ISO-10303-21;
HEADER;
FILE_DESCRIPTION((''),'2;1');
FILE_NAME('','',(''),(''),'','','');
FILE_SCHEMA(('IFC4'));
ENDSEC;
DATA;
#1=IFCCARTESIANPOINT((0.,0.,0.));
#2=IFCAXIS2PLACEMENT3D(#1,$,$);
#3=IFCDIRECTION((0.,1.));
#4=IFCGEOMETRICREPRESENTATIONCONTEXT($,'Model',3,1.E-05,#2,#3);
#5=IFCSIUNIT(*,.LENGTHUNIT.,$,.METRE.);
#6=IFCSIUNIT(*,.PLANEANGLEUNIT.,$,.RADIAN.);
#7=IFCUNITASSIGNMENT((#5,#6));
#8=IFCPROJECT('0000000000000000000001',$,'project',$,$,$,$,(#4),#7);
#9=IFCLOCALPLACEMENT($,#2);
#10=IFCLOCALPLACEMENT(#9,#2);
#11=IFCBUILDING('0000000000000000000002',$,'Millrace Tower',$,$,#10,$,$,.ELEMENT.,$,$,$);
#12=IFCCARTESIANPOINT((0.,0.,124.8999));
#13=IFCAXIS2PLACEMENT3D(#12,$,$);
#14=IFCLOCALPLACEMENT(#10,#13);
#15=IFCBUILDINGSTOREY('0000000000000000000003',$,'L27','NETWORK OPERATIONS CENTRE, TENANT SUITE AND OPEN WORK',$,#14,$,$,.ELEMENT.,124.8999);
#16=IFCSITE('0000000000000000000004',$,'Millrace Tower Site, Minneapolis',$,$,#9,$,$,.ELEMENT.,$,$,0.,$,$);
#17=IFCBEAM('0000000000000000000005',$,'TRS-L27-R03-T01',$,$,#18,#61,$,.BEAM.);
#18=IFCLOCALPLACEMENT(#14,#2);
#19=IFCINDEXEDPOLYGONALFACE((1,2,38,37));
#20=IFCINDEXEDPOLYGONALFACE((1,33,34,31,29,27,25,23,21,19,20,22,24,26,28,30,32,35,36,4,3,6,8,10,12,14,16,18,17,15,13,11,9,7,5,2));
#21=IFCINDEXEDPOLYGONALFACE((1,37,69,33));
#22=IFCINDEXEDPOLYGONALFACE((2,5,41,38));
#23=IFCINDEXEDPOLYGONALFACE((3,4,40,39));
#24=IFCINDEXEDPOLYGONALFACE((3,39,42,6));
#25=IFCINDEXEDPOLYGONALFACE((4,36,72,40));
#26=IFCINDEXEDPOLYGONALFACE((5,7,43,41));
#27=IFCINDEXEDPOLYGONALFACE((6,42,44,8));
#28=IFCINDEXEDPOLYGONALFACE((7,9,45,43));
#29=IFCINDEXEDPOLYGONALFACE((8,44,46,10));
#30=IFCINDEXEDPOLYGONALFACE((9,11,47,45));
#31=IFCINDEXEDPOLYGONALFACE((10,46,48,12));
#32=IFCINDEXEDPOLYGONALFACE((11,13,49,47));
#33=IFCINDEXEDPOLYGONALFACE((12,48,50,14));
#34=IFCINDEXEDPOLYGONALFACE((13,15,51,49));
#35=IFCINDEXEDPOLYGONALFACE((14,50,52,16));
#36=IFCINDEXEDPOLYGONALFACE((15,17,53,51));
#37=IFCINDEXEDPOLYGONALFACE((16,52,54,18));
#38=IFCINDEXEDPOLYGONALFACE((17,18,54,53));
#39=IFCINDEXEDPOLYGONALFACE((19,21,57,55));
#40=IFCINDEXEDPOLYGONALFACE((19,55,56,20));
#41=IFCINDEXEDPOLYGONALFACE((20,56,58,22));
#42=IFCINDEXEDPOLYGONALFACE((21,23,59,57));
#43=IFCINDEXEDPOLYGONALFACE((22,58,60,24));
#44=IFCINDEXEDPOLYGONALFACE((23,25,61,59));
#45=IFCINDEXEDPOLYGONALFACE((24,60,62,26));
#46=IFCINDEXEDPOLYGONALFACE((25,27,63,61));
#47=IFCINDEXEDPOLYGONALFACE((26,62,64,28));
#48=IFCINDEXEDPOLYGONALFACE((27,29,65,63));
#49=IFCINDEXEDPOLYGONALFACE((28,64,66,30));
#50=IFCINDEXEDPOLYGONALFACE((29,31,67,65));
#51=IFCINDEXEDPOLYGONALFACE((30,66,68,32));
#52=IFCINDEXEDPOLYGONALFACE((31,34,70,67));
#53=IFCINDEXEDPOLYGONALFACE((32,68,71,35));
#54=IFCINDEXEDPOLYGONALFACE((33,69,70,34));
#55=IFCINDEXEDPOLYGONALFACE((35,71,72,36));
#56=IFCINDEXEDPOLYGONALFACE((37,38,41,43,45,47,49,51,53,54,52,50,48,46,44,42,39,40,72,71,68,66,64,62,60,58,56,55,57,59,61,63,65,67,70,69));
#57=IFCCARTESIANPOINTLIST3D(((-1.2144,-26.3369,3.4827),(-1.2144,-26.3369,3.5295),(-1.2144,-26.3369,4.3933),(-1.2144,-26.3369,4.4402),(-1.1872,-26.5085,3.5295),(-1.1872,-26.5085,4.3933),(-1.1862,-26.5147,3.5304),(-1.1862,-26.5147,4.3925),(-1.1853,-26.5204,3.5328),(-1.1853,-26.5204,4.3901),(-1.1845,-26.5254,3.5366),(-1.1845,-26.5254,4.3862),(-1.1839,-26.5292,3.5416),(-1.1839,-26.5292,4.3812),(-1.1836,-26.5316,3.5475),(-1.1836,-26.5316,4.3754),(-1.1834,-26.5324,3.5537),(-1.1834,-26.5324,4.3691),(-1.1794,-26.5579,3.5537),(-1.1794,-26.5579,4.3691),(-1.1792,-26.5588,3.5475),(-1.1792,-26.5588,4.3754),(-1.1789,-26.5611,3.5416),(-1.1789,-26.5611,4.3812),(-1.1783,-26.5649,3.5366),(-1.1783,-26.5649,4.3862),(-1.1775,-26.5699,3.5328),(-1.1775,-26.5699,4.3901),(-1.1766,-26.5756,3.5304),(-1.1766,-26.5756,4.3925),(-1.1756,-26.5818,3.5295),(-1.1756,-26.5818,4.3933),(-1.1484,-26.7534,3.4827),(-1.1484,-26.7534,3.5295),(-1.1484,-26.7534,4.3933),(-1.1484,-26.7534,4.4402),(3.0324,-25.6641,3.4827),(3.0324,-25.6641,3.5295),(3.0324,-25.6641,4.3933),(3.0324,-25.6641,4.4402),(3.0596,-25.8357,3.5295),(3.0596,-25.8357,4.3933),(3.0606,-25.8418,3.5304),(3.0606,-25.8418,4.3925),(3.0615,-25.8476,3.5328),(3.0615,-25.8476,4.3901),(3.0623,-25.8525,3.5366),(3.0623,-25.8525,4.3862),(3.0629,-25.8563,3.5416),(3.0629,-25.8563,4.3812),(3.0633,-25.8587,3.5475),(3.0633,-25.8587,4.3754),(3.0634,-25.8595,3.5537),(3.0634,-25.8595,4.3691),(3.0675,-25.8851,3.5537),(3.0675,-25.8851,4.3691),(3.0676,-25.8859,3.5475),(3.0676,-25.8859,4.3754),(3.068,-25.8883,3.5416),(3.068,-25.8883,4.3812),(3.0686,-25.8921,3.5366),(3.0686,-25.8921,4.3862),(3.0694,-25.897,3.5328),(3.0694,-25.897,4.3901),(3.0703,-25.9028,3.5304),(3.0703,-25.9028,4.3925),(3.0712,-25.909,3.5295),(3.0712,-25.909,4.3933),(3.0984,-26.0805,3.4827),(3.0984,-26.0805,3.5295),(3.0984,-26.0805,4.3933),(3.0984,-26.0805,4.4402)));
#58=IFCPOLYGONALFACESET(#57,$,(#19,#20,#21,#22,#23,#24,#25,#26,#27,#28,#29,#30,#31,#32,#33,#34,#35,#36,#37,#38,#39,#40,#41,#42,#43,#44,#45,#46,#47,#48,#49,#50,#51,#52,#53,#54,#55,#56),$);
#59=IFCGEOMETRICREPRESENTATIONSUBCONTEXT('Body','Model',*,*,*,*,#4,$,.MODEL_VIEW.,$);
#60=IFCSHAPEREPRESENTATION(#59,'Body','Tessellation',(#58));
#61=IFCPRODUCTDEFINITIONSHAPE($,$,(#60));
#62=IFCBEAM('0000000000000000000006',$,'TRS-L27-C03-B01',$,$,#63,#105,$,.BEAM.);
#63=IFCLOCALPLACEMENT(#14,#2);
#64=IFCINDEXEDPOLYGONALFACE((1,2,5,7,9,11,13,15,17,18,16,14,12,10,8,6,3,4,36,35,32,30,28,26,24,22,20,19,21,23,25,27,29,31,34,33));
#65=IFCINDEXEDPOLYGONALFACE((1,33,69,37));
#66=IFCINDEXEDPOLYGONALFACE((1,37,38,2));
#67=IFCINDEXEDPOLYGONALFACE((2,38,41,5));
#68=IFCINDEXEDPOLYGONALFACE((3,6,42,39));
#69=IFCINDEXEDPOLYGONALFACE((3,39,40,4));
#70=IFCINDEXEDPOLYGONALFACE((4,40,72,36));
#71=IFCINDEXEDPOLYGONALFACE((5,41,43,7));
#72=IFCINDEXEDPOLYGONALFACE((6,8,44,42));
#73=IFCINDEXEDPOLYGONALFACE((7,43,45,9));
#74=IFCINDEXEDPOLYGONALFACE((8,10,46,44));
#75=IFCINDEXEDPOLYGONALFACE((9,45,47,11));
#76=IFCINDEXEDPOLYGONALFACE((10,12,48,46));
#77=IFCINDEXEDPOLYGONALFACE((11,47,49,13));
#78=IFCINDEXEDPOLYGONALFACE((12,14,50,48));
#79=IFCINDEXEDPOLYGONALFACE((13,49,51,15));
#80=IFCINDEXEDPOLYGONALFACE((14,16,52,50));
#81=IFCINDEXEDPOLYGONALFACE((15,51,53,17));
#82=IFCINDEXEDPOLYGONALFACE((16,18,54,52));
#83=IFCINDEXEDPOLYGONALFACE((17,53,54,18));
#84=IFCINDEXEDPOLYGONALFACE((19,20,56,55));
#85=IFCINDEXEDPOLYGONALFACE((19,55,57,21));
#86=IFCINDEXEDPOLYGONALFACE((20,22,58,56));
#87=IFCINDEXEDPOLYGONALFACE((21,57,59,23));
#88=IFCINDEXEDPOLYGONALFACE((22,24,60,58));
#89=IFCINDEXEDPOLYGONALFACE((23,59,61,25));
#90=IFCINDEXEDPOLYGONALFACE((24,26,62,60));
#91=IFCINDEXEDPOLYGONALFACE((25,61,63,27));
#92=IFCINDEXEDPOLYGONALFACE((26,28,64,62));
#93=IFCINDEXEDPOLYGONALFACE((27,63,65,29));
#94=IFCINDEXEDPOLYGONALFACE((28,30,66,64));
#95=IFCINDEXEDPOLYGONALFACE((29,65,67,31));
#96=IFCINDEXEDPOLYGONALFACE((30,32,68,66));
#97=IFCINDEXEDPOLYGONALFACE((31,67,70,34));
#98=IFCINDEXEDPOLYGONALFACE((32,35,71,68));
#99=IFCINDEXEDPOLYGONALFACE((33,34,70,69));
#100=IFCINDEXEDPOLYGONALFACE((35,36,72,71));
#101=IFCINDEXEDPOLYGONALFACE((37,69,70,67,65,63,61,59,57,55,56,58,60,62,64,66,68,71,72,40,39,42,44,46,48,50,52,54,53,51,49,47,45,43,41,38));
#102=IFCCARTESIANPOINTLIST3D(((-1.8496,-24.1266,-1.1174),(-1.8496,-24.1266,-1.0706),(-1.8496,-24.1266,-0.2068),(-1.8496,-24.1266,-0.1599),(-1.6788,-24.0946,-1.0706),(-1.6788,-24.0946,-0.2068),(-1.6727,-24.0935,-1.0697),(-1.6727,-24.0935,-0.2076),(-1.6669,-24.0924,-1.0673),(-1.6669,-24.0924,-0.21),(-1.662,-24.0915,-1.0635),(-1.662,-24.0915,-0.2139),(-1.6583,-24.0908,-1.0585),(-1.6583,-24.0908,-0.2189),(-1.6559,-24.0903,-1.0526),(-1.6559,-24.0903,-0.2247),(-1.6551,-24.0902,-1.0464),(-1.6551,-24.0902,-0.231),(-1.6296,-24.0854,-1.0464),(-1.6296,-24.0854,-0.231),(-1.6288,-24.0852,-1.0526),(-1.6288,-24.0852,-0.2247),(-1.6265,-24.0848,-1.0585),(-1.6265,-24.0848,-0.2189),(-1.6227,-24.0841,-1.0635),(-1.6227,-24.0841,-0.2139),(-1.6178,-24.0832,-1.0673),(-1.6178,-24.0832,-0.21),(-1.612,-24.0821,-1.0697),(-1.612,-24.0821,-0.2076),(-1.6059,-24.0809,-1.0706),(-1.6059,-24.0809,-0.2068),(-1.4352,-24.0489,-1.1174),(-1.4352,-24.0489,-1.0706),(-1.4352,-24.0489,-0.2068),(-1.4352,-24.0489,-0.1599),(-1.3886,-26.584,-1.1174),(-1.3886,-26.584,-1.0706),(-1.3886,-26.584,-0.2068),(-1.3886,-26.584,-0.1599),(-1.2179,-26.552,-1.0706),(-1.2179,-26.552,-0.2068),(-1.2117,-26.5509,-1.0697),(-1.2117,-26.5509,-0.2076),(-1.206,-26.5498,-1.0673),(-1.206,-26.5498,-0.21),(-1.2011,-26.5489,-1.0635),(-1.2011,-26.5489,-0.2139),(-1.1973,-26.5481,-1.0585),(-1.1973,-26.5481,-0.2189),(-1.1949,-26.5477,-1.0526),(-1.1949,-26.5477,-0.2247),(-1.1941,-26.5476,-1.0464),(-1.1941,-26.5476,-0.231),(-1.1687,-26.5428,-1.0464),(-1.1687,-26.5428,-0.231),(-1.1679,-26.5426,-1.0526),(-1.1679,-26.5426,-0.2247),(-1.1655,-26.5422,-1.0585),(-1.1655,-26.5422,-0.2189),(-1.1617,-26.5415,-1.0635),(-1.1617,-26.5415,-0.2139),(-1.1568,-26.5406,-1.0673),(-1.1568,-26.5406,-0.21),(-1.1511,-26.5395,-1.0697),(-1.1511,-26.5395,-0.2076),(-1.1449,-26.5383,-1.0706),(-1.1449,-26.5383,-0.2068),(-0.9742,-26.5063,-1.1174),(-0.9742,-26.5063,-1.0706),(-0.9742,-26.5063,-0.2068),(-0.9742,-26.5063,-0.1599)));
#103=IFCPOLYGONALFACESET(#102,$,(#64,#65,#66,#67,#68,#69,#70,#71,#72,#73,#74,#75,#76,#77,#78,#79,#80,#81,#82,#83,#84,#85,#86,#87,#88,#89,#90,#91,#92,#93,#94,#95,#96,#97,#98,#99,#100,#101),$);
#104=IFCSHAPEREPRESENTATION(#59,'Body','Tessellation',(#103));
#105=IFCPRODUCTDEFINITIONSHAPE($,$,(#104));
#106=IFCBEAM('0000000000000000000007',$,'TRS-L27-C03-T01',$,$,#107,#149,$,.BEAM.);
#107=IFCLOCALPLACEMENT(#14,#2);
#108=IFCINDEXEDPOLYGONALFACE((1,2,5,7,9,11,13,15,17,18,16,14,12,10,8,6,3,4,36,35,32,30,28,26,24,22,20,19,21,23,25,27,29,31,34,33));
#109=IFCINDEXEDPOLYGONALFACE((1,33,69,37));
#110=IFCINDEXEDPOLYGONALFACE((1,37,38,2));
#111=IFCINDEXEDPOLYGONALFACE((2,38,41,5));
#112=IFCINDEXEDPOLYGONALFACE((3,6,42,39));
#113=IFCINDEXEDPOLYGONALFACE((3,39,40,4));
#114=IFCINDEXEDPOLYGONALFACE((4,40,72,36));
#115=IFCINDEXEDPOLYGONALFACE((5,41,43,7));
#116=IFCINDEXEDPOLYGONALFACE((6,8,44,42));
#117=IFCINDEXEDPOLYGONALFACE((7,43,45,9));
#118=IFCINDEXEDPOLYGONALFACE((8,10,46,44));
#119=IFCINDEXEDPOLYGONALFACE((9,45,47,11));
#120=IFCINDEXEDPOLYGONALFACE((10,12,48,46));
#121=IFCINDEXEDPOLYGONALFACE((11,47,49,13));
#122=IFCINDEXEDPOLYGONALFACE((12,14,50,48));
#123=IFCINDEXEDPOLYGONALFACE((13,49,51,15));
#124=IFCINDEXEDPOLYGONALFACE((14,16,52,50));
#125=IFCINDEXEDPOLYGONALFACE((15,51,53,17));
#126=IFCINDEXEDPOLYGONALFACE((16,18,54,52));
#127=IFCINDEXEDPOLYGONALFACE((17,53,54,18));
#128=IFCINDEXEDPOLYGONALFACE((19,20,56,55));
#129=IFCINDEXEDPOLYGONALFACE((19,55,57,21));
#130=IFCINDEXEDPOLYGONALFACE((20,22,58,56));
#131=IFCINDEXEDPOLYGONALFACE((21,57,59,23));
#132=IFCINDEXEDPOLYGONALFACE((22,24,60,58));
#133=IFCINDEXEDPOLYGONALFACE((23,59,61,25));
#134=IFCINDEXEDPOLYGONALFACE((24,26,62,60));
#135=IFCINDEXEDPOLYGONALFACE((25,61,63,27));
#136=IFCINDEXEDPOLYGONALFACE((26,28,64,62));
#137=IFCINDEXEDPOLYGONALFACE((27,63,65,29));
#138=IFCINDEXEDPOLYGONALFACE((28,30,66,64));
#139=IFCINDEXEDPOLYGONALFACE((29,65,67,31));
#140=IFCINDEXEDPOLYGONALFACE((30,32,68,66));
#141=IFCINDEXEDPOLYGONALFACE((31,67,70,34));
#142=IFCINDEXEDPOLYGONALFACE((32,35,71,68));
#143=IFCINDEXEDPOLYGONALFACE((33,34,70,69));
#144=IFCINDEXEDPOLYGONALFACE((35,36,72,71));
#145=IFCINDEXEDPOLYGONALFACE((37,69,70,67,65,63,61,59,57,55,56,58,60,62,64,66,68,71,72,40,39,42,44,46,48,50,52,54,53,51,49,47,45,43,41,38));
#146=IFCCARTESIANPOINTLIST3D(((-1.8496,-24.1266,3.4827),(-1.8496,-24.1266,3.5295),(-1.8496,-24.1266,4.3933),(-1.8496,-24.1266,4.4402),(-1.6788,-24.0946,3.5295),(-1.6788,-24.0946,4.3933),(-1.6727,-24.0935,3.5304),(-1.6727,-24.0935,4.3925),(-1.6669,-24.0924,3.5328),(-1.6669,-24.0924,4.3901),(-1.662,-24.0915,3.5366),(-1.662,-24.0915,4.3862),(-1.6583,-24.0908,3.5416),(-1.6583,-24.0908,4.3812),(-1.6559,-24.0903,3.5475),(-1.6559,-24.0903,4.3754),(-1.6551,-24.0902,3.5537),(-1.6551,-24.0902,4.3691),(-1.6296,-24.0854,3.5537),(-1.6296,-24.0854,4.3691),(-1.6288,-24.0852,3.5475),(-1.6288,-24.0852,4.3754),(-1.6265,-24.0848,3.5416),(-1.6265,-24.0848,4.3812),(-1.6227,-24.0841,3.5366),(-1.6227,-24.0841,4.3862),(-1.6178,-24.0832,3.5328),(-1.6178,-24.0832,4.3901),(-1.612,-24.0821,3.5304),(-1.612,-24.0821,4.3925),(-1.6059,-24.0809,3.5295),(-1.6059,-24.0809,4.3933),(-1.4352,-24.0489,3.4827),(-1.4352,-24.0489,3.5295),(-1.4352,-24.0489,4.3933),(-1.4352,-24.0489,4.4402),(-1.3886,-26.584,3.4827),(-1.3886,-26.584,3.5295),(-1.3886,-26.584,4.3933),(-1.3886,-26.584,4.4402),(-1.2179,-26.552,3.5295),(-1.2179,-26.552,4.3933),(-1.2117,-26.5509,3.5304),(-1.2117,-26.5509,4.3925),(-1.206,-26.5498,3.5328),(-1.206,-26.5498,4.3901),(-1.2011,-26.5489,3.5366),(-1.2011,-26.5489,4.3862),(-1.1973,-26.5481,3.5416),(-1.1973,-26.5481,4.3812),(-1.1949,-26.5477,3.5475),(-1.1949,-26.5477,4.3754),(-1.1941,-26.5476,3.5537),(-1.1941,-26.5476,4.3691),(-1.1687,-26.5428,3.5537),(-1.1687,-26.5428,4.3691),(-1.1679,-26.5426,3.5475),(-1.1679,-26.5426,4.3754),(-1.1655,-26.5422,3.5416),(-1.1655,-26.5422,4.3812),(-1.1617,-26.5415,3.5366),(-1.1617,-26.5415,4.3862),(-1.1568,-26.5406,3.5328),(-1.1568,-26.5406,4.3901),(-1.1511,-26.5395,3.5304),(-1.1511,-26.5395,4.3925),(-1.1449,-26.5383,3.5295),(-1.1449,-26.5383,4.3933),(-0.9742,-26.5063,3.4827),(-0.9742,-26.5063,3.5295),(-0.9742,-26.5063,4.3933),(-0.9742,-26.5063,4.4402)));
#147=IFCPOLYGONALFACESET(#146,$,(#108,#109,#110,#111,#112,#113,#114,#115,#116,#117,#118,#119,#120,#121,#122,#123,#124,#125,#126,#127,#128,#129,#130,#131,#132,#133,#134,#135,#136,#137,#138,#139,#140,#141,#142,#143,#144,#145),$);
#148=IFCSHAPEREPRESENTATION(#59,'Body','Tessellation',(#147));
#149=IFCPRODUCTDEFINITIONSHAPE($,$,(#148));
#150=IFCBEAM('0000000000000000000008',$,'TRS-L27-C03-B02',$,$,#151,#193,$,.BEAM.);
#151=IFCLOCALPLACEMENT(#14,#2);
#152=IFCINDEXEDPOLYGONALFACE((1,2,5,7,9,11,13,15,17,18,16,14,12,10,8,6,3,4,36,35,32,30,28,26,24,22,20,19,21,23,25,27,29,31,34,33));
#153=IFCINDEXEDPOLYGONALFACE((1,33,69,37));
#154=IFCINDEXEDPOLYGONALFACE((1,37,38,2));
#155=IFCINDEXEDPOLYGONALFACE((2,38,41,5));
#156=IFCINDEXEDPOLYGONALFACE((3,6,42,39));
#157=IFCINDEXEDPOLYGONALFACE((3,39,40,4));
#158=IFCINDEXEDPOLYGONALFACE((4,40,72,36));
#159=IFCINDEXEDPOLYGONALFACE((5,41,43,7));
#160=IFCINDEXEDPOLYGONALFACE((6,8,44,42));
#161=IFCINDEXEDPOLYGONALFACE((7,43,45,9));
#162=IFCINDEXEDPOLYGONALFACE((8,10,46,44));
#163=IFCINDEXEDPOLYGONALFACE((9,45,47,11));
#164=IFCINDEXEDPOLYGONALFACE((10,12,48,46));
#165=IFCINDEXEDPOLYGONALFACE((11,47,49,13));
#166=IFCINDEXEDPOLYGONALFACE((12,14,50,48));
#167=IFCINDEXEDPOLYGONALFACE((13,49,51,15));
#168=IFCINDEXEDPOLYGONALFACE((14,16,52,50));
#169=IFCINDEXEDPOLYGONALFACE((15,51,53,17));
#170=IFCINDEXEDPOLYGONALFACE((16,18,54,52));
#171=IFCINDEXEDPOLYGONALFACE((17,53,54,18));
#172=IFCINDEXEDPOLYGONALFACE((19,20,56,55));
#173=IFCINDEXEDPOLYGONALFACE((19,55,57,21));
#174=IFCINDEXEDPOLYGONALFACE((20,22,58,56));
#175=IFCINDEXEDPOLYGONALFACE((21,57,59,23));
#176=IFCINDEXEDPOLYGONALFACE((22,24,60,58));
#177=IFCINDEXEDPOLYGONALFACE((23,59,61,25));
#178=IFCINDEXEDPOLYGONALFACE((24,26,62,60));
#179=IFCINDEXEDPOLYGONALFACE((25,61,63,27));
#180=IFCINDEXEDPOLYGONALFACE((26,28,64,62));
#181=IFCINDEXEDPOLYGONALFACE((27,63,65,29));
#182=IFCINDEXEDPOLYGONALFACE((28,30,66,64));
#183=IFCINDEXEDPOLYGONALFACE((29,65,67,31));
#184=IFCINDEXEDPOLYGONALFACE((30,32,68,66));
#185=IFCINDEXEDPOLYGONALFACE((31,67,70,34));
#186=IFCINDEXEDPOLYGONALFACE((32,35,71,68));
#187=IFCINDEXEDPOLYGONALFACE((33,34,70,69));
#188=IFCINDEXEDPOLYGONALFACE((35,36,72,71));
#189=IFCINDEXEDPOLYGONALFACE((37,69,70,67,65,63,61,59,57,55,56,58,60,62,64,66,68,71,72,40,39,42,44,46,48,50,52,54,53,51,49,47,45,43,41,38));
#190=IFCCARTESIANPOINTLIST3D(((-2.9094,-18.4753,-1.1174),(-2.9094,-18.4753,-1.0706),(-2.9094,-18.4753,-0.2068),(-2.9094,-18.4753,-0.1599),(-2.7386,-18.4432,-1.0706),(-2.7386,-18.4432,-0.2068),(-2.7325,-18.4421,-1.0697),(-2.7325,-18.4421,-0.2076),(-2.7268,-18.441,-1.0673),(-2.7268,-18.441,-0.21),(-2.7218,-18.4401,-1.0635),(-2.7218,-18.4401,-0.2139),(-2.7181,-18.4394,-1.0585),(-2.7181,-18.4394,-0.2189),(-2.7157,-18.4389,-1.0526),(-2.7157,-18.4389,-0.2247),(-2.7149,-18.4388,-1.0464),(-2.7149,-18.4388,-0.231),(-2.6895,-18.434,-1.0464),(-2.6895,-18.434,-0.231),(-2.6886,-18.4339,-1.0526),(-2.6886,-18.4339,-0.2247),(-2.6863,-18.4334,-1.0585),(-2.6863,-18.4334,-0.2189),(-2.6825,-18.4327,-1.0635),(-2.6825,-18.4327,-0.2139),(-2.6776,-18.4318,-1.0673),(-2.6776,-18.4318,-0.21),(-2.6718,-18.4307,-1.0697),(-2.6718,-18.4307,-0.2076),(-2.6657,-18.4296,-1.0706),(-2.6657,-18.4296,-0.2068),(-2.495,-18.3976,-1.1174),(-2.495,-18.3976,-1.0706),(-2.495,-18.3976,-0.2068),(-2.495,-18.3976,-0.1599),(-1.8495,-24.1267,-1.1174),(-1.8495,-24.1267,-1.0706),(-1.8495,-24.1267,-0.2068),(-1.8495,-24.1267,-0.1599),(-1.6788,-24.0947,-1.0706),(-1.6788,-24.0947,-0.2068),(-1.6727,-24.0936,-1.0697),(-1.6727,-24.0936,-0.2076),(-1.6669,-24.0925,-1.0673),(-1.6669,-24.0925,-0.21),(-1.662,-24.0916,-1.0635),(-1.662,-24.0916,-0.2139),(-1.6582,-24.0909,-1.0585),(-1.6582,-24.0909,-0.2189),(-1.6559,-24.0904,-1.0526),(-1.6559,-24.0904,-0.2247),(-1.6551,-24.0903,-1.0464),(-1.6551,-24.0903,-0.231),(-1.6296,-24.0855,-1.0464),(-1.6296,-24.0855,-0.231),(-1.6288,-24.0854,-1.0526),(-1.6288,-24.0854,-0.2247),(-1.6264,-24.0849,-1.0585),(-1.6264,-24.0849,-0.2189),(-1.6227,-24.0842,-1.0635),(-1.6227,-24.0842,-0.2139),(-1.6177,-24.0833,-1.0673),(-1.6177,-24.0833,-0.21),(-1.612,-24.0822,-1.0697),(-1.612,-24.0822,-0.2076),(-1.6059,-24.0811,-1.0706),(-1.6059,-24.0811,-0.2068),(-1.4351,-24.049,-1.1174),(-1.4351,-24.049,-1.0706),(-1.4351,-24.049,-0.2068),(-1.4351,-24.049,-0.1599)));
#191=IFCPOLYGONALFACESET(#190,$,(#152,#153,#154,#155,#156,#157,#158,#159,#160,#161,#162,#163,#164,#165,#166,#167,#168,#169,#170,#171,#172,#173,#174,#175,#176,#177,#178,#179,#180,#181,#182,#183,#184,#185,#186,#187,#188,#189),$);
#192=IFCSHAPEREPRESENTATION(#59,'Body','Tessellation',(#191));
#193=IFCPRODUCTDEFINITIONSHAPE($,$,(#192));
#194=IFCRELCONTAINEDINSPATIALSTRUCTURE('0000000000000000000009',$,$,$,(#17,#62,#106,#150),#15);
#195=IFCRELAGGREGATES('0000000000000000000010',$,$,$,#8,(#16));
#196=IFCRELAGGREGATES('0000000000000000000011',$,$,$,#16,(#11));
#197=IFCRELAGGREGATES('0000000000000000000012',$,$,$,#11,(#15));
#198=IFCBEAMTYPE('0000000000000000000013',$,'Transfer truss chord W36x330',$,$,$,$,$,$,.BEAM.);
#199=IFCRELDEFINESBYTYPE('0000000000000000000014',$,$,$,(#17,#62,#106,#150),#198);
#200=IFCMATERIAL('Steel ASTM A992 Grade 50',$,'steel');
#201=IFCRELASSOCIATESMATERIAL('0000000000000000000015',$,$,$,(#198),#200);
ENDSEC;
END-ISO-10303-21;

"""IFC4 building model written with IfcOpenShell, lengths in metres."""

from ifc_helpers import new_model, si_unit, direction, frame, origin, origin_2d, place, context, subcontext, project, spatial, i_section, extrude, material, material_profile, profile_set, type_object, element, save


model = new_model("IFC4")

# Units and contexts
model_context = context("Model", 3, precision=1e-05, world=origin(), true_north=direction((0.0, 1.0)))
body_context = subcontext(model_context, "Body", "Model", "MODEL_VIEW")
ifc_project = project(units=[si_unit("LENGTHUNIT", "METRE"), si_unit("PLANEANGLEUNIT", "RADIAN")], contexts=[model_context])

# Site, building, storey
site_placement = place(None, origin())
site = spatial("IfcSite", under=ifc_project, at=site_placement, Name="Millrace Tower Site, Minneapolis", CompositionType="ELEMENT", RefElevation=0.0)
building_placement = place(site_placement, origin())
building = spatial("IfcBuilding", under=site, at=building_placement, Name="Millrace Tower", CompositionType="ELEMENT")
storey_placement = place(building_placement, frame((0.0, 0.0, 124.8999)))
storey = spatial("IfcBuildingStorey", under=building, at=storey_placement, Name="L27", Description="NETWORK OPERATIONS CENTRE, TENANT SUITE AND OPEN WORK", CompositionType="ELEMENT", Elevation=124.8999)

# Beams
ifc_material_1 = material(Name="Steel ASTM A992 Grade 50", Category="steel")
ifc_material_profile_1 = material_profile(ifc_material_1, i_section(OverallWidth=0.4216, OverallDepth=0.9575, WebThickness=0.0259, FlangeThickness=0.0469, FilletRadius=0.0242, at=origin_2d()))
ifc_profile_set_1 = profile_set([ifc_material_profile_1], Name="Steel ASTM A992 Grade 50")
beam_type_1 = type_object("IfcBeamType", Name="Transfer truss chord W36x330", PredefinedType="BEAM", material=ifc_profile_set_1)
for number, where, z_axis, x_axis, name in (
    (1, (-1.1814, -26.5452, 3.9614), (0.98768, 0.156484, 0.0), (-0.156484, 0.98768, 0.0), "TRS-L27-R03-T01"),
):
    element("IfcBeam", number, at=place(storey_placement, frame(where, z_axis=z_axis, x_axis=x_axis)), inside=storey, type_object=beam_type_1, Name=name, PredefinedType="BEAM", context=body_context, shape_type="SweptSolid", body=[
        extrude(i_section(OverallWidth=0.4216, OverallDepth=0.9575, WebThickness=0.0259, FlangeThickness=0.0469, FilletRadius=0.0242, at=origin_2d()), origin(), (0.0, 0.0, 1.0), 4.2998),
    ])
for number, where, z_axis, x_axis, name in (
    (2, (-1.1814, -26.5452, -0.6387), (-0.184365, 0.982858, 0.0), (-0.982858, -0.184365, 0.0), "TRS-L27-C03-B01"),
    (3, (-1.1814, -26.5452, 3.9614), (-0.184365, 0.982858, 0.0), (-0.982858, -0.184365, 0.0), "TRS-L27-C03-T01"),
):
    element("IfcBeam", number, at=place(storey_placement, frame(where, z_axis=z_axis, x_axis=x_axis)), inside=storey, type_object=beam_type_1, Name=name, PredefinedType="BEAM", context=body_context, shape_type="SweptSolid", body=[
        extrude(i_section(OverallWidth=0.4216, OverallDepth=0.9575, WebThickness=0.0259, FlangeThickness=0.0469, FilletRadius=0.0242, at=origin_2d()), origin(), (0.0, 0.0, 1.0), 2.5002),
    ])
for number, where, z_axis, x_axis, name in (
    (4, (-1.6423, -24.0879, -0.6387), (-0.184319, 0.982866, 0.0), (-0.982866, -0.184319, 0.0), "TRS-L27-C03-B02"),
):
    element("IfcBeam", number, at=place(storey_placement, frame(where, z_axis=z_axis, x_axis=x_axis)), inside=storey, type_object=beam_type_1, Name=name, PredefinedType="BEAM", context=body_context, shape_type="SweptSolid", body=[
        extrude(i_section(OverallWidth=0.4216, OverallDepth=0.9575, WebThickness=0.0259, FlangeThickness=0.0469, FilletRadius=0.0242, at=origin_2d()), origin(), (0.0, 0.0, 1.0), 5.75),
    ])

save(model, "model.ifc")
